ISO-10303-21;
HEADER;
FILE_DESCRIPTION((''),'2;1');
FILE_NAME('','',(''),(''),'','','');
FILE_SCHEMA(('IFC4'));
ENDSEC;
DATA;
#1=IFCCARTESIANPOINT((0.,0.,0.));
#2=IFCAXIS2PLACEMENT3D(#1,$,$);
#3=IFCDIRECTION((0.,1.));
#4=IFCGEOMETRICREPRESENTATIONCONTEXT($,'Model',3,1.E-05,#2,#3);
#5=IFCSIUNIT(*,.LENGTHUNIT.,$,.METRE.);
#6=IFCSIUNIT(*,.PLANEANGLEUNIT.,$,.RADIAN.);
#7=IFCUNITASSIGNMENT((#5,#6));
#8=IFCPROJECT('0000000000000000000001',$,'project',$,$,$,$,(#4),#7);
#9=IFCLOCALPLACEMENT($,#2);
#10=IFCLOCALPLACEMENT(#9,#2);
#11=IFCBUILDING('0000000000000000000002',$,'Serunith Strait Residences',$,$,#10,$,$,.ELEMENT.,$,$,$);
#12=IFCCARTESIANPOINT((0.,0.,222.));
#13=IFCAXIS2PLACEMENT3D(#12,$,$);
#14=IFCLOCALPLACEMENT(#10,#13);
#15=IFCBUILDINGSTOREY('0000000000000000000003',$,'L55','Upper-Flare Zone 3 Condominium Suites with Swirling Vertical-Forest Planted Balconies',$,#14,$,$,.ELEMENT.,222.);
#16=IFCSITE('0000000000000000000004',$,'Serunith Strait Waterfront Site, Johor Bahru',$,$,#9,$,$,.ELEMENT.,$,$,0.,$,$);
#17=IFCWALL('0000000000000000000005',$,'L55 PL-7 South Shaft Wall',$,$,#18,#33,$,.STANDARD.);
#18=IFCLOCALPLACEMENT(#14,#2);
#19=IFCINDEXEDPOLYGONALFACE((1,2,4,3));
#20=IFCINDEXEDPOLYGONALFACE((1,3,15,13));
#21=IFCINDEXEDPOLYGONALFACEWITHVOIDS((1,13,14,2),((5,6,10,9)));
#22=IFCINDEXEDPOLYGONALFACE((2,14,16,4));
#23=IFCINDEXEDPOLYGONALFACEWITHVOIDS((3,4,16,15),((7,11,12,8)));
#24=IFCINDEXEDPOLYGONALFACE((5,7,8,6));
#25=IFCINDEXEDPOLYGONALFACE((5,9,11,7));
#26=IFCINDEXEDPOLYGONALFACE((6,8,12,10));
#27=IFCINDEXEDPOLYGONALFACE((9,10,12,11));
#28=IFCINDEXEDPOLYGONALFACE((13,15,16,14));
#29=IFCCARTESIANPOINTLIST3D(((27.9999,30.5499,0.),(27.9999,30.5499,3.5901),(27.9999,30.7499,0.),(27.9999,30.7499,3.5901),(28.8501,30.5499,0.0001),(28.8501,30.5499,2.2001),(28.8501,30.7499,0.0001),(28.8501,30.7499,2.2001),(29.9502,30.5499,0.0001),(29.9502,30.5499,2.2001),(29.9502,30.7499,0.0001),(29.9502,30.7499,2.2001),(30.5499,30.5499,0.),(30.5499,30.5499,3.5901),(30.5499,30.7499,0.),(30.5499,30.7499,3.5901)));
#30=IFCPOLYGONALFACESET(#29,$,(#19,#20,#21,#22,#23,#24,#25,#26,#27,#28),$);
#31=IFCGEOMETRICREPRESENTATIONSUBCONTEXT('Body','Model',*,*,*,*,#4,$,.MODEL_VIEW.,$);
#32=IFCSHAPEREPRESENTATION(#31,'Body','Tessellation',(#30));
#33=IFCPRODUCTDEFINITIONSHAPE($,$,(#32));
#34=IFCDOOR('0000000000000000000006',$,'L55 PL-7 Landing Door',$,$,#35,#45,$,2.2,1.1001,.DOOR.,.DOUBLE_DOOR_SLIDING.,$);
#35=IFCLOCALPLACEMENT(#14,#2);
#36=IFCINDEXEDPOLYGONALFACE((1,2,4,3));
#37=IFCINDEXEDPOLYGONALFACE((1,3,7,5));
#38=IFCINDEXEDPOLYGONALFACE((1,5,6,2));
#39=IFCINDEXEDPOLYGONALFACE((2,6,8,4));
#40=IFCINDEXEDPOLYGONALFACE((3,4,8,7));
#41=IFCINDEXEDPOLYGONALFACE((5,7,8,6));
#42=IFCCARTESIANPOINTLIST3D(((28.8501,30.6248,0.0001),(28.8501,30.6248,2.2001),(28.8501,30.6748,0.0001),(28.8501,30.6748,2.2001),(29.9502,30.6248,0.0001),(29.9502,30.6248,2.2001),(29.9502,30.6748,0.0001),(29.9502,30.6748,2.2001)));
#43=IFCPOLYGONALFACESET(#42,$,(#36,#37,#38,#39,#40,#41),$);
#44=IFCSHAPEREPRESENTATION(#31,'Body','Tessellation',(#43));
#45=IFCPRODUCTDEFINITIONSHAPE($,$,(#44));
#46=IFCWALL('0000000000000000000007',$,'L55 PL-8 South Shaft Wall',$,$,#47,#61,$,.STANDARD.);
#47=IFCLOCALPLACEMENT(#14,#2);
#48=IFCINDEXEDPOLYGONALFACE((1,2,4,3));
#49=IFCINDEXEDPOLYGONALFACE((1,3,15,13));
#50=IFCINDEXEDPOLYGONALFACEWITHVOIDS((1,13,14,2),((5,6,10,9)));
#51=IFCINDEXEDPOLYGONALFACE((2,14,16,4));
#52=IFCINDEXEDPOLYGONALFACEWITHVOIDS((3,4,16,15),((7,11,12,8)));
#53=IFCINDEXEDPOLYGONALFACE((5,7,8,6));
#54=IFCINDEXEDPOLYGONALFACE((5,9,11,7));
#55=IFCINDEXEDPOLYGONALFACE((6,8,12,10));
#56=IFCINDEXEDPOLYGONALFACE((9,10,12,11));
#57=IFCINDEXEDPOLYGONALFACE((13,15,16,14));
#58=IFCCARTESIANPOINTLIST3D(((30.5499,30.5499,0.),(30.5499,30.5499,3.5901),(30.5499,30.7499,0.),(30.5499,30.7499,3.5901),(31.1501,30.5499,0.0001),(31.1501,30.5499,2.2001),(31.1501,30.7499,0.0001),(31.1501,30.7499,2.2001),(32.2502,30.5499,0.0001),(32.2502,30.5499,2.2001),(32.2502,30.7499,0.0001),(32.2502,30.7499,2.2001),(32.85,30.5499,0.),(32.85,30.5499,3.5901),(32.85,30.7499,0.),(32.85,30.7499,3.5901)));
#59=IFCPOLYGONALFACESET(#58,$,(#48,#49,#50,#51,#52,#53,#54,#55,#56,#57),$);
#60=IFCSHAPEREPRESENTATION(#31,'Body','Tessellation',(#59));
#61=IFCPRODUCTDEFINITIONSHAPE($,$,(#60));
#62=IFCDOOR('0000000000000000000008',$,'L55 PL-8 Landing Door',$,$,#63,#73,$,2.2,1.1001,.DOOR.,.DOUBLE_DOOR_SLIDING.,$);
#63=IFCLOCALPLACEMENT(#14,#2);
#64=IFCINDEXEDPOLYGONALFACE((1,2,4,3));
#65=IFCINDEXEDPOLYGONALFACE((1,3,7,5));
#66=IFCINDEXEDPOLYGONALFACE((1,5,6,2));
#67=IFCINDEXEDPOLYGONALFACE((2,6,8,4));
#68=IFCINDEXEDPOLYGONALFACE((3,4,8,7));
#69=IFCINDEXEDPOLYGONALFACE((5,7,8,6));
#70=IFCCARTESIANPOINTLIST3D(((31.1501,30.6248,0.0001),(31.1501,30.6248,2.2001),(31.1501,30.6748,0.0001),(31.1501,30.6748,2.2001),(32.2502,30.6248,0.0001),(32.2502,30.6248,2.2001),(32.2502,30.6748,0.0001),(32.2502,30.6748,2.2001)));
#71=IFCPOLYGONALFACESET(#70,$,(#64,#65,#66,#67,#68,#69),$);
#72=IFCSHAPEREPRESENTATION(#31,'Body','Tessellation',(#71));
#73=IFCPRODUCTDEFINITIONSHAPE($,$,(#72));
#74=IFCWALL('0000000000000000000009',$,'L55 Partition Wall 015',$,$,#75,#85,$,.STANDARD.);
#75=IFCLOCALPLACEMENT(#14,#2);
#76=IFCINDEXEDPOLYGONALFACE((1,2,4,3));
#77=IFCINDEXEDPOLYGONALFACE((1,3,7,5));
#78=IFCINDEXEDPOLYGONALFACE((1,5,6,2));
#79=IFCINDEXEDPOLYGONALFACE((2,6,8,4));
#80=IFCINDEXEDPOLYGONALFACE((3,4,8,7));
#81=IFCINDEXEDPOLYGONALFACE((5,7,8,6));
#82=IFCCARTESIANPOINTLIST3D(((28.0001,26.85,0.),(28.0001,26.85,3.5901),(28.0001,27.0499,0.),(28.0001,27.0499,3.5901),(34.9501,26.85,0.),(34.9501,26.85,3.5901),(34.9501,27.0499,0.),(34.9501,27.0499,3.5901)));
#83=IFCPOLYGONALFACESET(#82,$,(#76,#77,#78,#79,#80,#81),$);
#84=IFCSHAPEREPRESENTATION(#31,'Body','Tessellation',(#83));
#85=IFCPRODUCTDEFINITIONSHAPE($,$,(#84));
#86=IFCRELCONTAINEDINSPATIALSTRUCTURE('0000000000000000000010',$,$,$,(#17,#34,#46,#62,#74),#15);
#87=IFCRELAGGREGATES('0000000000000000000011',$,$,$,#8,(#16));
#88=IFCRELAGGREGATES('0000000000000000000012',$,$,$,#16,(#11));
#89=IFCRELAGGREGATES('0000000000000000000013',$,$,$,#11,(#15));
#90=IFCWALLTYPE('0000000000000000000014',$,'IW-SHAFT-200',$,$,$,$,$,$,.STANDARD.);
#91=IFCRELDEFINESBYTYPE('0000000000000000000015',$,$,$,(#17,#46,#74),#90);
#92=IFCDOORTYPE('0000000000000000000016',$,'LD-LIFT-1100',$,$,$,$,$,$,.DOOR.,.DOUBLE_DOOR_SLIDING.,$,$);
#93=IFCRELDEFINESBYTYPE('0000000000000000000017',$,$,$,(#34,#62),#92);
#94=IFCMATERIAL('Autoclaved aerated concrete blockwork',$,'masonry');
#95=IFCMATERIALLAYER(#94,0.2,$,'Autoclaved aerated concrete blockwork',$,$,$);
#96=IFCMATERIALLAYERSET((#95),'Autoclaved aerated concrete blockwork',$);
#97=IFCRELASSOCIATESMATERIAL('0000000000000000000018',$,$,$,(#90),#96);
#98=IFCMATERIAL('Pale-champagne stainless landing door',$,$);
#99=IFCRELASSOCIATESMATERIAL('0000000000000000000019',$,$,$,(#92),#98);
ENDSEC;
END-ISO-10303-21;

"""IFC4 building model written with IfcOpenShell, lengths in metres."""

from ifc_helpers import new_model, si_unit, direction, frame, frame_2d, origin, place, context, subcontext, project, spatial, rectangle, extrude, source, transform, mapped, material, layer, layer_set, type_object, element, fill, save


model = new_model("IFC4")

# Units and contexts
model_context = context("Model", 3, precision=1e-05, world=origin(), true_north=direction((0.0, 1.0)))
body_context = subcontext(model_context, "Body", "Model", "MODEL_VIEW")
ifc_project = project(units=[si_unit("LENGTHUNIT", "METRE"), si_unit("PLANEANGLEUNIT", "RADIAN")], contexts=[model_context])

# Site, building, storey
site_placement = place(None, origin())
site = spatial("IfcSite", under=ifc_project, at=site_placement, Name="Serunith Strait Waterfront Site, Johor Bahru", CompositionType="ELEMENT", RefElevation=0.0)
building_placement = place(site_placement, origin())
building = spatial("IfcBuilding", under=site, at=building_placement, Name="Serunith Strait Residences", CompositionType="ELEMENT")
storey_placement = place(building_placement, frame((0.0, 0.0, 222.0)))
storey = spatial("IfcBuildingStorey", under=building, at=storey_placement, Name="L55", Description="Upper-Flare Zone 3 Condominium Suites with Swirling Vertical-Forest Planted Balconies", CompositionType="ELEMENT", Elevation=222.0)

# Walls, openings, doors
ifc_material_1 = material(Name="Autoclaved aerated concrete blockwork", Category="masonry")
ifc_layer_1 = layer(ifc_material_1, 0.2, Name="Autoclaved aerated concrete blockwork")
ifc_layer_set_1 = layer_set([ifc_layer_1], Name="Autoclaved aerated concrete blockwork")
wall_type_1 = type_object("IfcWallType", Name="IW-SHAFT-200", PredefinedType="STANDARD", material=ifc_layer_set_1)
wall_1_placement = place(storey_placement, frame((28.0, 30.6499, 0.0), z_axis=(0.0, 0.0, 1.0), x_axis=(1.0, 0.0, 0.0)))
wall_1 = element("IfcWall", 1, at=wall_1_placement, inside=storey, type_object=wall_type_1, Name="L55 PL-7 South Shaft Wall", PredefinedType="STANDARD", context=body_context, shape_type="SweptSolid", body=[
    extrude(rectangle(XDim=2.55, YDim=0.2, at=frame_2d((1.2749, 0.0))), origin(), (0.0, 0.0, 1.0), 3.5901),
])
opening_1_placement = place(wall_1_placement, frame((0.8501, 0.0, 0.0)))
opening_1 = element("IfcOpeningElement", 2, at=opening_1_placement, cuts=wall_1, PredefinedType="OPENING", context=body_context, shape_type="SweptSolid", body=[
    extrude(rectangle(XDim=1.1001, YDim=2.2, at=frame_2d((0.55, 1.1001))), frame((0.0, 0.1099, 0.0), z_axis=(0.0, -1.0, 0.0), x_axis=(1.0, 0.0, 0.0)), (0.0, 0.0, 1.0), 0.22),
])
ifc_material_2 = material(Name="Pale-champagne stainless landing door")
door_type_1 = type_object("IfcDoorType", Name="LD-LIFT-1100", OperationType="DOUBLE_DOOR_SLIDING", PredefinedType="DOOR", material=ifc_material_2)
shared_shape_1 = source(origin(), body_context, "Body", "SweptSolid", [
    extrude(rectangle(XDim=1.1001, YDim=2.2, at=frame_2d((0.55, 1.1001))), frame((0.0, 0.0249, 0.0), z_axis=(0.0, -1.0, 0.0), x_axis=(1.0, 0.0, 0.0)), (0.0, 0.0, 1.0), 0.05),
])
door_1_placement = place(opening_1_placement, origin())
door_1 = element("IfcDoor", 3, at=door_1_placement, inside=storey, type_object=door_type_1, Name="L55 PL-7 Landing Door", OperationType="DOUBLE_DOOR_SLIDING", OverallHeight=2.2, OverallWidth=1.1001, PredefinedType="DOOR", context=body_context, shape_type="MappedRepresentation", body=[
    mapped(shared_shape_1, transform((0.0, 0.0, 0.0), scale=1.0)),
])
fill(opening_1, door_1)
wall_2_placement = place(storey_placement, frame((30.55, 30.6499, 0.0), z_axis=(0.0, 0.0, 1.0), x_axis=(1.0, 0.0, 0.0)))
wall_2 = element("IfcWall", 4, at=wall_2_placement, inside=storey, type_object=wall_type_1, Name="L55 PL-8 South Shaft Wall", PredefinedType="STANDARD", context=body_context, shape_type="SweptSolid", body=[
    extrude(rectangle(XDim=2.3, YDim=0.2, at=frame_2d((1.1499, 0.0))), origin(), (0.0, 0.0, 1.0), 3.5901),
])
opening_2_placement = place(wall_2_placement, frame((0.6001, 0.0, 0.0)))
opening_2 = element("IfcOpeningElement", 5, at=opening_2_placement, cuts=wall_2, PredefinedType="OPENING", context=body_context, shape_type="SweptSolid", body=[
    extrude(rectangle(XDim=1.1001, YDim=2.2, at=frame_2d((0.55, 1.1001))), frame((0.0, 0.1099, 0.0), z_axis=(0.0, -1.0, 0.0), x_axis=(1.0, 0.0, 0.0)), (0.0, 0.0, 1.0), 0.22),
])
door_2_placement = place(opening_2_placement, origin())
door_2 = element("IfcDoor", 6, at=door_2_placement, inside=storey, type_object=door_type_1, Name="L55 PL-8 Landing Door", OperationType="DOUBLE_DOOR_SLIDING", OverallHeight=2.2, OverallWidth=1.1001, PredefinedType="DOOR", context=body_context, shape_type="MappedRepresentation", body=[
    mapped(shared_shape_1, transform((0.0, 0.0, 0.0), scale=1.0)),
])
fill(opening_2, door_2)

# Wall
wall_3_placement = place(storey_placement, frame((28.0, 26.95, 0.0), z_axis=(0.0, 0.0, 1.0), x_axis=(1.0, 0.0, 0.0)))
element("IfcWall", 7, at=wall_3_placement, inside=storey, type_object=wall_type_1, Name="L55 Partition Wall 015", PredefinedType="STANDARD", context=body_context, shape_type="SweptSolid", body=[
    extrude(rectangle(XDim=6.95, YDim=0.2, at=frame_2d((3.4751, 0.0))), origin(), (0.0, 0.0, 1.0), 3.5901),
])

save(model, "model.ifc")
